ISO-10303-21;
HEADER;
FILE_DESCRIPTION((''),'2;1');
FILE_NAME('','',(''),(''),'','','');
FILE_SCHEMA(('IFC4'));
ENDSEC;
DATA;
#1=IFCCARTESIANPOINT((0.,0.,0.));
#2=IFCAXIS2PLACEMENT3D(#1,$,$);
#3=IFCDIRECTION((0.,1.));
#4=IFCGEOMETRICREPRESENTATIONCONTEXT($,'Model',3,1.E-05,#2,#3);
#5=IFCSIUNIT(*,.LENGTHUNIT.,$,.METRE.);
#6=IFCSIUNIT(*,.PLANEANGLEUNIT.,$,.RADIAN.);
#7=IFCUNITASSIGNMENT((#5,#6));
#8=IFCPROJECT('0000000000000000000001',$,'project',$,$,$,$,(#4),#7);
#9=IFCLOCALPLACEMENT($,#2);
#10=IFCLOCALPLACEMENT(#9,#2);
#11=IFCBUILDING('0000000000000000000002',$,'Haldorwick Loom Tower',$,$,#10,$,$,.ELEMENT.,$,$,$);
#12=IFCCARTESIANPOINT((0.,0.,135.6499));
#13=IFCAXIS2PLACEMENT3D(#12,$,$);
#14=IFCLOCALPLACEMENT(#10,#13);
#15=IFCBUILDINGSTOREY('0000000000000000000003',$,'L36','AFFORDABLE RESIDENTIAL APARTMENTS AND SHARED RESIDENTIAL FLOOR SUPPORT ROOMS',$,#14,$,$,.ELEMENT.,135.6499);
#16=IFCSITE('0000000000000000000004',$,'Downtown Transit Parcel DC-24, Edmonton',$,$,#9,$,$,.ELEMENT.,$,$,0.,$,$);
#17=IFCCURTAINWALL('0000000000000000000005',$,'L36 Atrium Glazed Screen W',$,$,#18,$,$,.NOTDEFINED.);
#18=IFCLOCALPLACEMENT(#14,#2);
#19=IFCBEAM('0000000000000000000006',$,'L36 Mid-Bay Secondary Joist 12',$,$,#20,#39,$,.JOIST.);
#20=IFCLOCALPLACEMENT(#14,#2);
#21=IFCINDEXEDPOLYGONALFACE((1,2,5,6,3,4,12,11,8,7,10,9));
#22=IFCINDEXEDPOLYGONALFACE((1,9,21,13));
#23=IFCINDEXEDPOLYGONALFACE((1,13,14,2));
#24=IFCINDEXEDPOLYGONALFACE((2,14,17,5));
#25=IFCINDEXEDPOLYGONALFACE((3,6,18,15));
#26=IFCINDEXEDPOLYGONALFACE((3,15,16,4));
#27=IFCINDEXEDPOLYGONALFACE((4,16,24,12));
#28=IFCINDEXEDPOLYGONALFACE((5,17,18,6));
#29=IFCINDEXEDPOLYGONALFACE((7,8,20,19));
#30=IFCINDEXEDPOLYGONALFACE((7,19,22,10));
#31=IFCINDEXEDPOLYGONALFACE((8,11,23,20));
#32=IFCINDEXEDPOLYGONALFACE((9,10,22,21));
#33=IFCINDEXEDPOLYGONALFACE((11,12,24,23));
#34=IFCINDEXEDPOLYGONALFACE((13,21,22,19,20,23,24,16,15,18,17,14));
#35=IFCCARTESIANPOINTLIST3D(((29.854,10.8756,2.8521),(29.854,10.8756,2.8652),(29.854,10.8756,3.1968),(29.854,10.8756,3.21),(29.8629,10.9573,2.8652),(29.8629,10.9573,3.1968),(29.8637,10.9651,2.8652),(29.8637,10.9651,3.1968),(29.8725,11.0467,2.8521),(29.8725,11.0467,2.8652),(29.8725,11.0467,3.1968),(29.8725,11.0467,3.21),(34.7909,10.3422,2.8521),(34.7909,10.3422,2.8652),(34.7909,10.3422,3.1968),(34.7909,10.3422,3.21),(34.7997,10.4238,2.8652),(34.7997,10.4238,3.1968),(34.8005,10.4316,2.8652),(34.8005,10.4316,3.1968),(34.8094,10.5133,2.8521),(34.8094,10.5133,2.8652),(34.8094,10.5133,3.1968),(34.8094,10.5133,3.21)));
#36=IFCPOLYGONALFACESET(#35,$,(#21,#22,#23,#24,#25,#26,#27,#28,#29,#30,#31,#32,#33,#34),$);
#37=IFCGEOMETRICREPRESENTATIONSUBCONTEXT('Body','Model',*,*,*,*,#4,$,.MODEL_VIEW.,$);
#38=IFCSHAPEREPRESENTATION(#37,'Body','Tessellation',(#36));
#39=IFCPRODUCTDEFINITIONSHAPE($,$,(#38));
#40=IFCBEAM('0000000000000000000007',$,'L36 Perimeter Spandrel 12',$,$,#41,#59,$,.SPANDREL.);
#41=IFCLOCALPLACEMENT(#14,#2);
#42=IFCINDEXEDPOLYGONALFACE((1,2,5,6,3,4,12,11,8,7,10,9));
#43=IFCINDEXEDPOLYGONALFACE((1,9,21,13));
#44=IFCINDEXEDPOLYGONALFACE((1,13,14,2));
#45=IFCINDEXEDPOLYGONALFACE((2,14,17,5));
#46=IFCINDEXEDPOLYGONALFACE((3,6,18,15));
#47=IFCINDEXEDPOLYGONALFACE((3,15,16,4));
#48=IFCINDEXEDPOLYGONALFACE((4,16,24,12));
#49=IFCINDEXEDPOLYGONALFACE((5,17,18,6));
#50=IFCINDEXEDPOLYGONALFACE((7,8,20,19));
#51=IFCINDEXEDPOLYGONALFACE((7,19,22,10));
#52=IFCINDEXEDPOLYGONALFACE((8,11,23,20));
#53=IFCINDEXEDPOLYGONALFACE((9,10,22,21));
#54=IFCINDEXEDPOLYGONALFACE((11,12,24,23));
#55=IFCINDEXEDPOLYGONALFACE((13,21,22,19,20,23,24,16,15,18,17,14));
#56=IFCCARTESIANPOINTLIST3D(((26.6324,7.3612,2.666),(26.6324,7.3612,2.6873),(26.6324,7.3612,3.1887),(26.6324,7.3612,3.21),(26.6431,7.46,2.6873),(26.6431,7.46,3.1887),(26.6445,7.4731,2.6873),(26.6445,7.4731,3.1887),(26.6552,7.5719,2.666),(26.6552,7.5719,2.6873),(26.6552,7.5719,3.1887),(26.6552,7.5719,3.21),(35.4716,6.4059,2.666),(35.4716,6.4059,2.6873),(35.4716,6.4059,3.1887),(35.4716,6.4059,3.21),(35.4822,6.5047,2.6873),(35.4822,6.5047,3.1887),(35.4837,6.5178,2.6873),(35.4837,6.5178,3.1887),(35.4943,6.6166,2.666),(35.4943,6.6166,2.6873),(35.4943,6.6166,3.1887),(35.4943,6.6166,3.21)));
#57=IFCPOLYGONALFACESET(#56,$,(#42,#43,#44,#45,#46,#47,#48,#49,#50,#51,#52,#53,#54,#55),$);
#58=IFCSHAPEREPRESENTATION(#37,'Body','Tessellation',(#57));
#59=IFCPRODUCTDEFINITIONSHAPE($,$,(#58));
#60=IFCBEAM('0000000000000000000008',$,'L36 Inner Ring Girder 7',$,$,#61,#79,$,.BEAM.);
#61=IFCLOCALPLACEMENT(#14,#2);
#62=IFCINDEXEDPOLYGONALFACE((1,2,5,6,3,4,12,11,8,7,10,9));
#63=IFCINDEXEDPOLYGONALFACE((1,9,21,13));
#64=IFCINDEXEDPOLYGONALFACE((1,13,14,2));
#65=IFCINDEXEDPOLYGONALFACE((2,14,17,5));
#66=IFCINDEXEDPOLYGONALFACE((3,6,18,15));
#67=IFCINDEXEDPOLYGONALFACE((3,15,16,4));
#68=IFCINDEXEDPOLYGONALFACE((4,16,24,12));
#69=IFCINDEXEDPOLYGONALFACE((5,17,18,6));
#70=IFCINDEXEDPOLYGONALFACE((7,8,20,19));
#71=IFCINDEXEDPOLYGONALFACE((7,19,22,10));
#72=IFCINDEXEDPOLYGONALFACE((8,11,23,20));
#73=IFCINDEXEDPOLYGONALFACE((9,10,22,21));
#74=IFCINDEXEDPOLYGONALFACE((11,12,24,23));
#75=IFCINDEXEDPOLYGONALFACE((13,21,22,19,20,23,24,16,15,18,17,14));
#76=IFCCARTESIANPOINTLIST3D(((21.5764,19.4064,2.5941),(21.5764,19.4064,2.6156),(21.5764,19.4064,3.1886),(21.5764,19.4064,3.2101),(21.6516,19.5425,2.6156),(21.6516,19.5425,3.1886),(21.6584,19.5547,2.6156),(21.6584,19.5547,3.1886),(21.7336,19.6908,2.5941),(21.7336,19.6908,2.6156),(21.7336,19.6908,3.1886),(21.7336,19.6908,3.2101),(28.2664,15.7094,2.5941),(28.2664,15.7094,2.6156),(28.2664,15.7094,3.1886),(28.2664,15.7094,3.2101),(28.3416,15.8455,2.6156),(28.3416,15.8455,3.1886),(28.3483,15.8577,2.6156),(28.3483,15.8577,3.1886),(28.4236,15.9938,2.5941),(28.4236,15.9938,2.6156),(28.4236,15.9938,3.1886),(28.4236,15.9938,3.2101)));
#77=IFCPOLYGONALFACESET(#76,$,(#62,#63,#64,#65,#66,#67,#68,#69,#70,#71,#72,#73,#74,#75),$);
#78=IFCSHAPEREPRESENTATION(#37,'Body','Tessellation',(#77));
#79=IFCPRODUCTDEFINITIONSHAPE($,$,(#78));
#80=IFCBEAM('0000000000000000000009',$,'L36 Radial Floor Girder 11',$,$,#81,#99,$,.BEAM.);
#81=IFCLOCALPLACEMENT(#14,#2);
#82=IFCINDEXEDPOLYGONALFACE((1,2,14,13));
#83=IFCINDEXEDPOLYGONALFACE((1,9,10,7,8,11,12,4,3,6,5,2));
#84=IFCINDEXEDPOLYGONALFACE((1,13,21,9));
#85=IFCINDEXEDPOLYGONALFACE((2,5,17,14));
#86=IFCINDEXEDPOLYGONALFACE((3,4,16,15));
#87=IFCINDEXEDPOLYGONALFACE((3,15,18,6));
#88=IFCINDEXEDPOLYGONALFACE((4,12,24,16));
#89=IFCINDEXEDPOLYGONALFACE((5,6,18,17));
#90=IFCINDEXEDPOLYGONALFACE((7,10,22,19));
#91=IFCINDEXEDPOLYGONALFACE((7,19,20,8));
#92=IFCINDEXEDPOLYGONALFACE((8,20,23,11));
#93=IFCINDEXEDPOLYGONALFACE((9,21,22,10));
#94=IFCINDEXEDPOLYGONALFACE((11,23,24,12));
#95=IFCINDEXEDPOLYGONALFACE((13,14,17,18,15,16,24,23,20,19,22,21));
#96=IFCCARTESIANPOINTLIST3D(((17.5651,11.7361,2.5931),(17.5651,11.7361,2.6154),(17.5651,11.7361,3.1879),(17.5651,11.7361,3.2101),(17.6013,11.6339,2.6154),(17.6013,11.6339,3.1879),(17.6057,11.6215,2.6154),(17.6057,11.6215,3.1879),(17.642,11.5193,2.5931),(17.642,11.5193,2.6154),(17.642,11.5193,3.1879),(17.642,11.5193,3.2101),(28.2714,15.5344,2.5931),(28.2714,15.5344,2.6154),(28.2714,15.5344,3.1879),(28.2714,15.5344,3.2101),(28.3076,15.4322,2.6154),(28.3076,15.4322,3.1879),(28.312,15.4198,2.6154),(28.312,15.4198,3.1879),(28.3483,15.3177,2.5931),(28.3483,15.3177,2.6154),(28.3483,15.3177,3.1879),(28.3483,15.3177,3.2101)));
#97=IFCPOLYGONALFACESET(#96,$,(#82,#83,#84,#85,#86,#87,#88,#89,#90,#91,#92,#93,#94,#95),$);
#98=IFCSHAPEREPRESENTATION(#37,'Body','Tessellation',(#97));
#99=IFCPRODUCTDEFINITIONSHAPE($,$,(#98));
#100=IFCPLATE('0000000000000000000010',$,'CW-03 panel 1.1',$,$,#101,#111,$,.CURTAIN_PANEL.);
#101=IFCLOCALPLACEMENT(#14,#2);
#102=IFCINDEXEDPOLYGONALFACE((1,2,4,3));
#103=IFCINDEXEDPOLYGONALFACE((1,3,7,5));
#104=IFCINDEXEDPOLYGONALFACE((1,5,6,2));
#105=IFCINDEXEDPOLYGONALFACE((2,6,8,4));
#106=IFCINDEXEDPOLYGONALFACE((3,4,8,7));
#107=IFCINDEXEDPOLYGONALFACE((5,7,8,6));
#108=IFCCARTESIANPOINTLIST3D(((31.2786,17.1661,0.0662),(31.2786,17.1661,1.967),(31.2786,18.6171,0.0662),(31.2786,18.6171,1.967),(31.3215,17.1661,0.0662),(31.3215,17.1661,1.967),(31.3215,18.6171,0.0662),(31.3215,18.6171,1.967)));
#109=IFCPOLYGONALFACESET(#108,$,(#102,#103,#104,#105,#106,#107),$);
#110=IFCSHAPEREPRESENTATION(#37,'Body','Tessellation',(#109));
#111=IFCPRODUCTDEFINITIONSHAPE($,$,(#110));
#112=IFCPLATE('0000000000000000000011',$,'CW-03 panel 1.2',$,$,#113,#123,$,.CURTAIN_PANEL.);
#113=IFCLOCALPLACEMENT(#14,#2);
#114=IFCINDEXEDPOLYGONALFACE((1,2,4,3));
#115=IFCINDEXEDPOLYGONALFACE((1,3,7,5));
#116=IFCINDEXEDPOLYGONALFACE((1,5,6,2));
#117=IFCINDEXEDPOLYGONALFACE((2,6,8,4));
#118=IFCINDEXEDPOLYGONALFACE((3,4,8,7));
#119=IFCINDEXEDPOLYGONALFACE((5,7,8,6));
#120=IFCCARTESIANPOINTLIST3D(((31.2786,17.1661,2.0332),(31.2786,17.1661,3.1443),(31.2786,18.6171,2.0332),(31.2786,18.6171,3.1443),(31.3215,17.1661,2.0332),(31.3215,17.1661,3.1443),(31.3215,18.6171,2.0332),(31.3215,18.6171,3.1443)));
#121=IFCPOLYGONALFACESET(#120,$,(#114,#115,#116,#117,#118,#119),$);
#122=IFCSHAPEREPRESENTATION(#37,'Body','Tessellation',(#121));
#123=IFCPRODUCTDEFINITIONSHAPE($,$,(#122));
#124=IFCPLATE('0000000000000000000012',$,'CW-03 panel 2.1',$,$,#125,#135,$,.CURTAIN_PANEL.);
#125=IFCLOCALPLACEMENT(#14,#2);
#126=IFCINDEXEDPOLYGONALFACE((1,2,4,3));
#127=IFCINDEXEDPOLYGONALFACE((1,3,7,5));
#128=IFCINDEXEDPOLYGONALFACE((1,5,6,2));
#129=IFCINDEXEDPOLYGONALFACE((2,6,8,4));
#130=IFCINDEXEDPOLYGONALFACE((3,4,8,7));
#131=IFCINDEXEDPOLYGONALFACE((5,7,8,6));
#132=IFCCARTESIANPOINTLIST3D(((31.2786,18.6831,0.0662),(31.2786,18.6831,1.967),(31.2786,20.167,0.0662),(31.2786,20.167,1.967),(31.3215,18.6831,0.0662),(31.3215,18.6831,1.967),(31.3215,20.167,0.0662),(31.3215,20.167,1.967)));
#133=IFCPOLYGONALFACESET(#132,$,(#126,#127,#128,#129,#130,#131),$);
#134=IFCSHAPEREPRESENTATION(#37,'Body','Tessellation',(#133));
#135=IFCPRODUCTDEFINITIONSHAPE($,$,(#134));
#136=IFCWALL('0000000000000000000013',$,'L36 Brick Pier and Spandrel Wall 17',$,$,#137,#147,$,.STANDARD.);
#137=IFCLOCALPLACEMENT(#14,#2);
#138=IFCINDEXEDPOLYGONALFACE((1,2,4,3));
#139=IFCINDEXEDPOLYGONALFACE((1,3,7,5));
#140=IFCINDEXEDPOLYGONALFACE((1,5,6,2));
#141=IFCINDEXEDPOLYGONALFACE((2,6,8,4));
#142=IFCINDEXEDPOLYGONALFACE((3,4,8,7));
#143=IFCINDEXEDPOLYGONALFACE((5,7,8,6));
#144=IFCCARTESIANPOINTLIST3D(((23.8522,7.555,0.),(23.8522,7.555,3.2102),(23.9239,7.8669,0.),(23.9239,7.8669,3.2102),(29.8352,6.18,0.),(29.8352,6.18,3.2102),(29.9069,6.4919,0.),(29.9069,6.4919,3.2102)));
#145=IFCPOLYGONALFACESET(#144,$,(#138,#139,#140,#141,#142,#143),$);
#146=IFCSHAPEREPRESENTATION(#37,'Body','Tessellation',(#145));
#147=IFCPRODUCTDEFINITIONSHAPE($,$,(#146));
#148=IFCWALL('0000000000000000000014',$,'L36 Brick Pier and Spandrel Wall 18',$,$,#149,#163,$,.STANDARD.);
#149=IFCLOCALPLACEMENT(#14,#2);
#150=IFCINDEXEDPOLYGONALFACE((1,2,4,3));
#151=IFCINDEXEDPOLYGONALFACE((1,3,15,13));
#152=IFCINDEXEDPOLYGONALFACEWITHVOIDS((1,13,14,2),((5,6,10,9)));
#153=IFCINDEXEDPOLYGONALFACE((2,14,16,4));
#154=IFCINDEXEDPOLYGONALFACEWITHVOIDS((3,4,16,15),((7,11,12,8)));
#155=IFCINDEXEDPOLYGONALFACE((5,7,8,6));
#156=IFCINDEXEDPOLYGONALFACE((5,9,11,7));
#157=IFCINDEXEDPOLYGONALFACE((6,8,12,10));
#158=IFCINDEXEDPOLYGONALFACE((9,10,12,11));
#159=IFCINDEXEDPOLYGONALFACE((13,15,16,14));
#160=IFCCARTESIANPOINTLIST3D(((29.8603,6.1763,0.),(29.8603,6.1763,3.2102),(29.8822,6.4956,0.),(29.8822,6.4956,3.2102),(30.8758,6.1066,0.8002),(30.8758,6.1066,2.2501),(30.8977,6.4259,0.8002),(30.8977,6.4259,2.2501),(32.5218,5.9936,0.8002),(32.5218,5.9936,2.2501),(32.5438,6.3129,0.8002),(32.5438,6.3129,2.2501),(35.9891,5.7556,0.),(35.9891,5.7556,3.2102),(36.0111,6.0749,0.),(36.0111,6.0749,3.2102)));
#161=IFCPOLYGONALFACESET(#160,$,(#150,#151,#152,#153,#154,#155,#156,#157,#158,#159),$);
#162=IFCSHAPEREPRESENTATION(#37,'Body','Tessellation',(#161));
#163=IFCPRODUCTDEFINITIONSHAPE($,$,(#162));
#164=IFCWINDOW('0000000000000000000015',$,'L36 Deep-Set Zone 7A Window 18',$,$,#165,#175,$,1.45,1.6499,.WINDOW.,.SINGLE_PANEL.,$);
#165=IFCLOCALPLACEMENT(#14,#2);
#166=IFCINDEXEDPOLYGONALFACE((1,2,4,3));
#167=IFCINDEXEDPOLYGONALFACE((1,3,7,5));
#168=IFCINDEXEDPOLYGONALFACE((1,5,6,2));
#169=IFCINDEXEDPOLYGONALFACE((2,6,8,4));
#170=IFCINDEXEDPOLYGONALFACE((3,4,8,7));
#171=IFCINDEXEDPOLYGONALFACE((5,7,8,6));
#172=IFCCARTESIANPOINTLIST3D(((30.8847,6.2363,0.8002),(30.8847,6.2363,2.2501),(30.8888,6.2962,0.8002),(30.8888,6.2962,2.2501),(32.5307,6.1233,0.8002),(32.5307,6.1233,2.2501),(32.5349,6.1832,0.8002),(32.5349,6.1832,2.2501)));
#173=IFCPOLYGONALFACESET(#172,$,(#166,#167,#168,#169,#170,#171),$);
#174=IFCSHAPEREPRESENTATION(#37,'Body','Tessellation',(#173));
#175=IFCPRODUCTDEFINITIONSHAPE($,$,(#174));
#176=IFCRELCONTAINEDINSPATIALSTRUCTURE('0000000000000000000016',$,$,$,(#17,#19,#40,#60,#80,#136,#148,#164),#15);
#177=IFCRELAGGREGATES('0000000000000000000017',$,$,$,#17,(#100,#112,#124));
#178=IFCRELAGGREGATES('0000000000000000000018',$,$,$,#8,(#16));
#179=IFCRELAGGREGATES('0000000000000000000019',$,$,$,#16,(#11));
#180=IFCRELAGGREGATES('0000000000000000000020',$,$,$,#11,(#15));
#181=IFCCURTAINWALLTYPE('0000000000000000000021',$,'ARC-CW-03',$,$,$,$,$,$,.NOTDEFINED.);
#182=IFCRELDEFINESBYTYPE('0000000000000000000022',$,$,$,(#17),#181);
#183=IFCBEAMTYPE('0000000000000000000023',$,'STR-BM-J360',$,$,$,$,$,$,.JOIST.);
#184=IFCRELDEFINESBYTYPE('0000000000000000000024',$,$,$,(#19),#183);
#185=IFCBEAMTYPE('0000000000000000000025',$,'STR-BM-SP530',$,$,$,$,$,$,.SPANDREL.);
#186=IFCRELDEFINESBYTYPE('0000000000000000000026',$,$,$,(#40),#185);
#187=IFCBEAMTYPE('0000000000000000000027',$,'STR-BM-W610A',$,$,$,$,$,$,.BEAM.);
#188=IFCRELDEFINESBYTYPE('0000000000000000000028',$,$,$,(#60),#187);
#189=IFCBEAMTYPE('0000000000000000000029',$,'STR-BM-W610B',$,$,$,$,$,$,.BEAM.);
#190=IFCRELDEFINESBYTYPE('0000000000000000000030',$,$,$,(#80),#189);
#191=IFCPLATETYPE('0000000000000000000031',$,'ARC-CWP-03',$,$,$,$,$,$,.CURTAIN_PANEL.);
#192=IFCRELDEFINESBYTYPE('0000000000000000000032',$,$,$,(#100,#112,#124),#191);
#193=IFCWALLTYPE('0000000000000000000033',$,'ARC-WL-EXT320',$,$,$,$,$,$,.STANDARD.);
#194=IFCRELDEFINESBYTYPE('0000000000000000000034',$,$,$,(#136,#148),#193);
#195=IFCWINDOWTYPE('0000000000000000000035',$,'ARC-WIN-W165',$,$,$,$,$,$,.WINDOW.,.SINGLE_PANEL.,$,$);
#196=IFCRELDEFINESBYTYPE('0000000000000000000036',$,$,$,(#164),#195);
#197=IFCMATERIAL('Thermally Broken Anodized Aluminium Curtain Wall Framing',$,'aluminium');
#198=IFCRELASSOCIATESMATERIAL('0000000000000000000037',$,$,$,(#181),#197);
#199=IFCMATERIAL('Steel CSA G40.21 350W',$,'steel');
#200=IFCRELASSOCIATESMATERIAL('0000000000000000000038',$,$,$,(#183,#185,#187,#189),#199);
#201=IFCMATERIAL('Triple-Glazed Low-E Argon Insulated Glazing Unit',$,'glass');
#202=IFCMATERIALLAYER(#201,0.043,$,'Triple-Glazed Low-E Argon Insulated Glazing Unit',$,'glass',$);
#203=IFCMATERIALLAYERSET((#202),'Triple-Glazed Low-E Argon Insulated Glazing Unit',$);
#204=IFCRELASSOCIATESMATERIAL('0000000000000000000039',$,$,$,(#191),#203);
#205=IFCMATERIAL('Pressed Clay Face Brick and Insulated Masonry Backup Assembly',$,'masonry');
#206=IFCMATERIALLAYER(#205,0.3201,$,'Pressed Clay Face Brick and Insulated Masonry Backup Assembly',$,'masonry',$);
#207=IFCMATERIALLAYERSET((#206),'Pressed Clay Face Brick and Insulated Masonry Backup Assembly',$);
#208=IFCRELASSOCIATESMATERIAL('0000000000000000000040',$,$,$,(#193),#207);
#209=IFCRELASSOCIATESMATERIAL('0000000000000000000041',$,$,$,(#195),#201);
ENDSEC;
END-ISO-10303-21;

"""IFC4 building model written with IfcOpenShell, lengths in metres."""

from ifc_helpers import new_model, si_unit, direction, frame, frame_2d, origin, origin_2d, place, context, subcontext, project, spatial, rectangle, i_section, extrude, material, layer, layer_set, material_profile, profile_set, type_object, element, fill, aggregate, save


model = new_model("IFC4")

# Units and contexts
model_context = context("Model", 3, precision=1e-05, world=origin(), true_north=direction((0.0, 1.0)))
body_context = subcontext(model_context, "Body", "Model", "MODEL_VIEW")
ifc_project = project(units=[si_unit("LENGTHUNIT", "METRE"), si_unit("PLANEANGLEUNIT", "RADIAN")], contexts=[model_context])

# Site, building, storey
site_placement = place(None, origin())
site = spatial("IfcSite", under=ifc_project, at=site_placement, Name="Downtown Transit Parcel DC-24, Edmonton", CompositionType="ELEMENT", RefElevation=0.0)
building_placement = place(site_placement, origin())
building = spatial("IfcBuilding", under=site, at=building_placement, Name="Haldorwick Loom Tower", CompositionType="ELEMENT")
storey_placement = place(building_placement, frame((0.0, 0.0, 135.6499)))
storey = spatial("IfcBuildingStorey", under=building, at=storey_placement, Name="L36", Description="AFFORDABLE RESIDENTIAL APARTMENTS AND SHARED RESIDENTIAL FLOOR SUPPORT ROOMS", CompositionType="ELEMENT", Elevation=135.6499)

# Curtain wall
ifc_material_1 = material(Name="Thermally Broken Anodized Aluminium Curtain Wall Framing", Category="aluminium")
curtain_wall_type = type_object("IfcCurtainWallType", Name="ARC-CW-03", PredefinedType="NOTDEFINED", material=ifc_material_1)
curtain_wall_placement = place(storey_placement, origin())
curtain_wall = element("IfcCurtainWall", 1, at=curtain_wall_placement, inside=storey, type_object=curtain_wall_type, Name="L36 Atrium Glazed Screen W", PredefinedType="NOTDEFINED")

# Beams
ifc_material_2 = material(Name="Steel CSA G40.21 350W", Category="steel")
ifc_material_profile_1 = material_profile(ifc_material_2, i_section(OverallWidth=0.1721, OverallDepth=0.3579, WebThickness=0.0078, FlangeThickness=0.0132, at=origin_2d()), Name="W360X57", Category="steel")
ifc_profile_set_1 = profile_set([ifc_material_profile_1], Name="Steel CSA G40.21 350W")
beam_type_1 = type_object("IfcBeamType", Name="STR-BM-J360", PredefinedType="JOIST", material=ifc_profile_set_1)
beam_1_placement = place(storey_placement, frame((29.8633, 10.9612, 3.031), z_axis=(0.994213, -0.107431, 0.0), x_axis=(0.107431, 0.994213, 0.0)))
element("IfcBeam", 2, at=beam_1_placement, inside=storey, type_object=beam_type_1, Name="L36 Mid-Bay Secondary Joist 12", PredefinedType="JOIST", context=body_context, shape_type="SweptSolid", body=[
    extrude(i_section(OverallWidth=0.1721, OverallDepth=0.3579, WebThickness=0.0078, FlangeThickness=0.0132, at=origin_2d()), origin(), (0.0, 0.0, 1.0), 4.9656),
])
ifc_material_profile_2 = material_profile(ifc_material_2, i_section(OverallWidth=0.2119, OverallDepth=0.5439, WebThickness=0.0132, FlangeThickness=0.0212, at=origin_2d()), Name="W530X123", Category="steel")
ifc_profile_set_2 = profile_set([ifc_material_profile_2], Name="Steel CSA G40.21 350W")
beam_type_2 = type_object("IfcBeamType", Name="STR-BM-SP530", PredefinedType="SPANDREL", material=ifc_profile_set_2)
beam_2_placement = place(storey_placement, frame((26.6438, 7.4666, 2.938), z_axis=(0.99421, -0.107453, 0.0), x_axis=(0.107453, 0.99421, 0.0)))
element("IfcBeam", 3, at=beam_2_placement, inside=storey, type_object=beam_type_2, Name="L36 Perimeter Spandrel 12", PredefinedType="SPANDREL", context=body_context, shape_type="SweptSolid", body=[
    extrude(i_section(OverallWidth=0.2119, OverallDepth=0.5439, WebThickness=0.0132, FlangeThickness=0.0212, at=origin_2d()), origin(), (0.0, 0.0, 1.0), 8.8906),
])
ifc_material_profile_3 = material_profile(ifc_material_2, i_section(OverallWidth=0.325, OverallDepth=0.616, WebThickness=0.0139, FlangeThickness=0.0215, at=origin_2d()), Name="W610X174", Category="steel")
ifc_profile_set_3 = profile_set([ifc_material_profile_3], Name="Steel CSA G40.21 350W")
beam_type_3 = type_object("IfcBeamType", Name="STR-BM-W610A", PredefinedType="BEAM", material=ifc_profile_set_3)
beam_3_placement = place(storey_placement, frame((28.345, 15.8516, 2.9021), z_axis=(-0.875244, 0.483681, 0.0), x_axis=(-0.483681, -0.875244, 0.0)))
element("IfcBeam", 4, at=beam_3_placement, inside=storey, type_object=beam_type_3, Name="L36 Inner Ring Girder 7", PredefinedType="BEAM", context=body_context, shape_type="SweptSolid", body=[
    extrude(i_section(OverallWidth=0.325, OverallDepth=0.616, WebThickness=0.0139, FlangeThickness=0.0215, at=origin_2d()), origin(), (0.0, 0.0, 1.0), 7.6436),
])
ifc_material_profile_4 = material_profile(ifc_material_2, i_section(OverallWidth=0.23, OverallDepth=0.6169, WebThickness=0.0132, FlangeThickness=0.0222, at=origin_2d()), Name="W610X140", Category="steel")
ifc_profile_set_4 = profile_set([ifc_material_profile_4], Name="Steel CSA G40.21 350W")
beam_type_4 = type_object("IfcBeamType", Name="STR-BM-W610B", PredefinedType="BEAM", material=ifc_profile_set_4)
beam_4_placement = place(storey_placement, frame((28.3098, 15.426, 2.9016), z_axis=(-0.942446, -0.334358, 0.0), x_axis=(0.334358, -0.942446, 0.0)))
element("IfcBeam", 5, at=beam_4_placement, inside=storey, type_object=beam_type_4, Name="L36 Radial Floor Girder 11", PredefinedType="BEAM", context=body_context, shape_type="SweptSolid", body=[
    extrude(i_section(OverallWidth=0.23, OverallDepth=0.6169, WebThickness=0.0132, FlangeThickness=0.0222, at=origin_2d()), origin(), (0.0, 0.0, 1.0), 11.3601),
])

# Plates
ifc_material_3 = material(Name="Triple-Glazed Low-E Argon Insulated Glazing Unit", Category="glass")
ifc_layer_1 = layer(ifc_material_3, 0.043, Name="Triple-Glazed Low-E Argon Insulated Glazing Unit", Category="glass")
ifc_layer_set_1 = layer_set([ifc_layer_1], Name="Triple-Glazed Low-E Argon Insulated Glazing Unit")
plate_type = type_object("IfcPlateType", Name="ARC-CWP-03", PredefinedType="CURTAIN_PANEL", material=ifc_layer_set_1)
plate_1_placement = place(storey_placement, frame((31.3, 17.8916, 0.0662), z_axis=(0.0, 0.0, 1.0), x_axis=(0.0, 1.0, 0.0)))
plate_1 = element("IfcPlate", 6, at=plate_1_placement, type_object=plate_type, Name="CW-03 panel 1.1", PredefinedType="CURTAIN_PANEL", context=body_context, shape_type="SweptSolid", body=[
    extrude(rectangle(XDim=1.4509, YDim=0.043, at=origin_2d()), origin(), (0.0, 0.0, 1.0), 1.9009),
])
plate_2_placement = place(storey_placement, frame((31.3, 17.8916, 2.0332), z_axis=(0.0, 0.0, 1.0), x_axis=(0.0, 1.0, 0.0)))
plate_2 = element("IfcPlate", 7, at=plate_2_placement, type_object=plate_type, Name="CW-03 panel 1.2", PredefinedType="CURTAIN_PANEL", context=body_context, shape_type="SweptSolid", body=[
    extrude(rectangle(XDim=1.4509, YDim=0.043, at=origin_2d()), origin(), (0.0, 0.0, 1.0), 1.1111),
])
plate_3_placement = place(storey_placement, frame((31.3, 19.425, 0.0662), z_axis=(0.0, 0.0, 1.0), x_axis=(0.0, 1.0, 0.0)))
plate_3 = element("IfcPlate", 8, at=plate_3_placement, type_object=plate_type, Name="CW-03 panel 2.1", PredefinedType="CURTAIN_PANEL", context=body_context, shape_type="SweptSolid", body=[
    extrude(rectangle(XDim=1.4839, YDim=0.043, at=origin_2d()), origin(), (0.0, 0.0, 1.0), 1.9009),
])
aggregate(curtain_wall, [plate_1, plate_2, plate_3])

# Wall
ifc_material_4 = material(Name="Pressed Clay Face Brick and Insulated Masonry Backup Assembly", Category="masonry")
ifc_layer_2 = layer(ifc_material_4, 0.3201, Name="Pressed Clay Face Brick and Insulated Masonry Backup Assembly", Category="masonry")
ifc_layer_set_2 = layer_set([ifc_layer_2], Name="Pressed Clay Face Brick and Insulated Masonry Backup Assembly")
wall_type_1 = type_object("IfcWallType", Name="ARC-WL-EXT320", PredefinedType="STANDARD", material=ifc_layer_set_2)
wall_1_placement = place(storey_placement, frame((23.8882, 7.7109, 0.0), z_axis=(0.0, 0.0, 1.0), x_axis=(0.974593, -0.223982, 0.0)))
element("IfcWall", 9, at=wall_1_placement, inside=storey, type_object=wall_type_1, Name="L36 Brick Pier and Spandrel Wall 17", PredefinedType="STANDARD", context=body_context, shape_type="SweptSolid", body=[
    extrude(rectangle(XDim=6.1389, YDim=0.3201, at=frame_2d((3.0693, 0.0))), origin(), (0.0, 0.0, 1.0), 3.2102),
])

# Wall, opening, window
wall_2_placement = place(storey_placement, frame((29.8711, 6.3359, 0.0), z_axis=(0.0, 0.0, 1.0), x_axis=(0.997653, -0.068473, 0.0)))
wall_2 = element("IfcWall", 10, at=wall_2_placement, inside=storey, type_object=wall_type_1, Name="L36 Brick Pier and Spandrel Wall 18", PredefinedType="STANDARD", context=body_context, shape_type="SweptSolid", body=[
    extrude(rectangle(XDim=6.1433, YDim=0.3201, at=frame_2d((3.0718, 0.0))), origin(), (0.0, 0.0, 1.0), 3.2102),
])
opening_placement = place(wall_2_placement, frame((1.0181, 0.0, 0.8)))
opening = element("IfcOpeningElement", 11, at=opening_placement, cuts=wall_2, PredefinedType="OPENING", context=body_context, shape_type="SweptSolid", body=[
    extrude(rectangle(XDim=1.6499, YDim=1.45, at=frame_2d((0.825, 0.7251))), frame((0.0, 0.1699, 0.0), z_axis=(0.0, -1.0, 0.0), x_axis=(1.0, 0.0, 0.0)), (0.0, 0.0, 1.0), 0.3401),
])
window_type = type_object("IfcWindowType", Name="ARC-WIN-W165", PartitioningType="SINGLE_PANEL", PredefinedType="WINDOW", material=ifc_material_3)
window_placement = place(opening_placement, origin())
window = element("IfcWindow", 12, at=window_placement, inside=storey, type_object=window_type, Name="L36 Deep-Set Zone 7A Window 18", OverallHeight=1.45, OverallWidth=1.6499, PartitioningType="SINGLE_PANEL", PredefinedType="WINDOW", context=body_context, shape_type="SweptSolid", body=[
    extrude(rectangle(XDim=1.6499, YDim=1.45, at=frame_2d((0.825, 0.7251))), frame((0.0, 0.03, 0.0), z_axis=(0.0, -1.0, 0.0), x_axis=(1.0, 0.0, 0.0)), (0.0, 0.0, 1.0), 0.0601),
])
fill(opening, window)

save(model, "model.ifc")
